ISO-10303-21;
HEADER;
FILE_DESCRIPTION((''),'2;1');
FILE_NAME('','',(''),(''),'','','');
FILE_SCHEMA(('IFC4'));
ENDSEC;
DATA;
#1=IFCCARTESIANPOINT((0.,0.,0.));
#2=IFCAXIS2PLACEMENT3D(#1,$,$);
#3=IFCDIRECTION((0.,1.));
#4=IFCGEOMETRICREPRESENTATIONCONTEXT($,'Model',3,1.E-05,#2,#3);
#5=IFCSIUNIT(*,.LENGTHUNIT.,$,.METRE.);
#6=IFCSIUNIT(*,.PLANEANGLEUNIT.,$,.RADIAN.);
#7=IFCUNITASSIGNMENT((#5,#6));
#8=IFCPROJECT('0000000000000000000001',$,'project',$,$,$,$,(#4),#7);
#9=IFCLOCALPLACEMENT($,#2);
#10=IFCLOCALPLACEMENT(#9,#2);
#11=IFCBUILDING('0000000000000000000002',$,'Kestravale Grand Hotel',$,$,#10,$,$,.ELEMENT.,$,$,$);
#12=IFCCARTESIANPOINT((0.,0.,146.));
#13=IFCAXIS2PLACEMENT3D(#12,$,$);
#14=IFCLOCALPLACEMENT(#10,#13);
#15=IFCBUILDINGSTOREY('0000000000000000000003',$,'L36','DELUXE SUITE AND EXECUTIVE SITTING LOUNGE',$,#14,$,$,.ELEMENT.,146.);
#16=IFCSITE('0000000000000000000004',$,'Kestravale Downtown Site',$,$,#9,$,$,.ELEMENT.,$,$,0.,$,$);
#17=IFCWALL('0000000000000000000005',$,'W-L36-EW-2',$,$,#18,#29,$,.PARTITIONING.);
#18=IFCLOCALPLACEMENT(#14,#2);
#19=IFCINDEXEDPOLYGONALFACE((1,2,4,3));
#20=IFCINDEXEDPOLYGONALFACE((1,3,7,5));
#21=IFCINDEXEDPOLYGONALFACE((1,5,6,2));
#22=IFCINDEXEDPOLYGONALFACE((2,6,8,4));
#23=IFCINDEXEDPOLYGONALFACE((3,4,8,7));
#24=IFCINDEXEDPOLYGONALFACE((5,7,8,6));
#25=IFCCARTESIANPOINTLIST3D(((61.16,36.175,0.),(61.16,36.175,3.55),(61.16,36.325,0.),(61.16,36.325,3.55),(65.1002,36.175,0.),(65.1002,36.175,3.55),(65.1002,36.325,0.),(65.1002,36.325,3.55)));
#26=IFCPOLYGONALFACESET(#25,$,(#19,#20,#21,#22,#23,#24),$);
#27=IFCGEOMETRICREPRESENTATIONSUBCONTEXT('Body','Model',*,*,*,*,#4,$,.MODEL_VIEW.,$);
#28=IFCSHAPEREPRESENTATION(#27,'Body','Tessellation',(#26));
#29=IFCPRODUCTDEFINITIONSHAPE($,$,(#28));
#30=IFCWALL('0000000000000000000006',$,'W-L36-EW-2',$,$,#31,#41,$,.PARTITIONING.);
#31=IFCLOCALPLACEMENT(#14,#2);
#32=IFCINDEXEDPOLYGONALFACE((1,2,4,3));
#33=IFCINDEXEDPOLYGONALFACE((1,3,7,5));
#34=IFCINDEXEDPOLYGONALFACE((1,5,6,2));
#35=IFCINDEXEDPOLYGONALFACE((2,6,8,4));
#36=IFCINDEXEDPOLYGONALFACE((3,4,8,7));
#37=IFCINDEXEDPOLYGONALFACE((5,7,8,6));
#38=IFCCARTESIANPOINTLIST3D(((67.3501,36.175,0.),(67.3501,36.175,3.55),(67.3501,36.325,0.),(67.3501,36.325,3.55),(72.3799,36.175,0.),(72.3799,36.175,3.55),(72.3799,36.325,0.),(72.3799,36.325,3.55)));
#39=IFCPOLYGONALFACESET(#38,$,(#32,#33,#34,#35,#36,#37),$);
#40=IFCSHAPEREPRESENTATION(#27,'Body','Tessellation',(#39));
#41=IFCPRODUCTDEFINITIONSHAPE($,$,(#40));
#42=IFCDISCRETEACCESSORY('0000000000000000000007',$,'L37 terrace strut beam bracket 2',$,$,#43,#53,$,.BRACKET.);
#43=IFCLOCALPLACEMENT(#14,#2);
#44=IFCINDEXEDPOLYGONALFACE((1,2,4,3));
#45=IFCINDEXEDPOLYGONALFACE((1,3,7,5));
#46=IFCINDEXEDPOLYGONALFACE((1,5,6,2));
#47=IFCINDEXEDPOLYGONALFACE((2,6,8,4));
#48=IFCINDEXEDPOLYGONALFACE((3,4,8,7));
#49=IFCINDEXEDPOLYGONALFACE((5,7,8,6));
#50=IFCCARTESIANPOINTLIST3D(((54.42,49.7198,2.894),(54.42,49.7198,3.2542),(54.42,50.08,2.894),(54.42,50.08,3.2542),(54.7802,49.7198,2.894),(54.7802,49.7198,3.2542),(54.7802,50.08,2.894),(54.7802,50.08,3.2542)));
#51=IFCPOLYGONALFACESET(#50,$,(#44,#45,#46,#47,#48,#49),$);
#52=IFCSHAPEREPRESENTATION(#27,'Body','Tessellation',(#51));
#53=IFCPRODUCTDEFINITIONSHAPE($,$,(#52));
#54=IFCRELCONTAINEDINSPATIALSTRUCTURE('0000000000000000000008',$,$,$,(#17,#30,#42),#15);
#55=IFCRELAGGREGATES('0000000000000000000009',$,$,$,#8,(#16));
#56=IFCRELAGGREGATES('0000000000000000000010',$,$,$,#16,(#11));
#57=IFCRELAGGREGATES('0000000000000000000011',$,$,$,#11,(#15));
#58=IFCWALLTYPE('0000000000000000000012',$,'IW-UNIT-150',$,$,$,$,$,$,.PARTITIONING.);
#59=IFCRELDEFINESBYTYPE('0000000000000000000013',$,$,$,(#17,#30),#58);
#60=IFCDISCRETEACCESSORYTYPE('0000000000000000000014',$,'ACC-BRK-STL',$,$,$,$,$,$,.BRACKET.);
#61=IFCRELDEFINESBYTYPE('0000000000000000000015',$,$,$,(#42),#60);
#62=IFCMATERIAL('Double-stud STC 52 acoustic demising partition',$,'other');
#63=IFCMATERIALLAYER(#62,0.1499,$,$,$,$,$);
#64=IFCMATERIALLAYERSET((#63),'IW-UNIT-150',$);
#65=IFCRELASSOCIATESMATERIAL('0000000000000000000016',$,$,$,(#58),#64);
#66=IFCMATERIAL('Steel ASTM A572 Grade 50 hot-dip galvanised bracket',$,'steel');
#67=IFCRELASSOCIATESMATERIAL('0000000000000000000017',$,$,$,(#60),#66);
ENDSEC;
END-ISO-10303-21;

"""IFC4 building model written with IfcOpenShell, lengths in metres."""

from ifc_helpers import new_model, si_unit, direction, frame, frame_2d, origin, origin_2d, place, context, subcontext, project, spatial, rectangle, extrude, material, layer, layer_set, type_object, element, save


model = new_model("IFC4")

# Units and contexts
model_context = context("Model", 3, precision=1e-05, world=origin(), true_north=direction((0.0, 1.0)))
body_context = subcontext(model_context, "Body", "Model", "MODEL_VIEW")
ifc_project = project(units=[si_unit("LENGTHUNIT", "METRE"), si_unit("PLANEANGLEUNIT", "RADIAN")], contexts=[model_context])

# Site, building, storey
site_placement = place(None, origin())
site = spatial("IfcSite", under=ifc_project, at=site_placement, Name="Kestravale Downtown Site", CompositionType="ELEMENT", RefElevation=0.0)
building_placement = place(site_placement, origin())
building = spatial("IfcBuilding", under=site, at=building_placement, Name="Kestravale Grand Hotel", CompositionType="ELEMENT")
storey_placement = place(building_placement, frame((0.0, 0.0, 146.0)))
storey = spatial("IfcBuildingStorey", under=building, at=storey_placement, Name="L36", Description="DELUXE SUITE AND EXECUTIVE SITTING LOUNGE", CompositionType="ELEMENT", Elevation=146.0)

# Shared definitions
ifc_material_1 = material(Name="Double-stud STC 52 acoustic demising partition", Category="other")
ifc_layer_1 = layer(ifc_material_1, 0.1499)
ifc_layer_set_1 = layer_set([ifc_layer_1], Name="IW-UNIT-150")
wall_type_1 = type_object("IfcWallType", Name="IW-UNIT-150", PredefinedType="PARTITIONING", material=ifc_layer_set_1)

# Walls
wall_1_placement = place(storey_placement, frame((61.1599, 36.25, 0.0), z_axis=(0.0, 0.0, 1.0), x_axis=(1.0, 0.0, 0.0)))
element("IfcWall", 1, at=wall_1_placement, inside=storey, type_object=wall_type_1, Name="W-L36-EW-2", PredefinedType="PARTITIONING", context=body_context, shape_type="SweptSolid", body=[
    extrude(rectangle(XDim=3.9402, YDim=0.1499, at=frame_2d((1.9702, 0.0))), origin(), (0.0, 0.0, 1.0), 3.55),
])
wall_2_placement = place(storey_placement, frame((67.3501, 36.25, 0.0), z_axis=(0.0, 0.0, 1.0), x_axis=(1.0, 0.0, 0.0)))
element("IfcWall", 2, at=wall_2_placement, inside=storey, type_object=wall_type_1, Name="W-L36-EW-2", PredefinedType="PARTITIONING", context=body_context, shape_type="SweptSolid", body=[
    extrude(rectangle(XDim=5.0298, YDim=0.1499, at=frame_2d((2.5149, 0.0))), origin(), (0.0, 0.0, 1.0), 3.55),
])

# Discrete accessory
ifc_material_2 = material(Name="Steel ASTM A572 Grade 50 hot-dip galvanised bracket", Category="steel")
discrete_accessory_type = type_object("IfcDiscreteAccessoryType", Name="ACC-BRK-STL", PredefinedType="BRACKET", material=ifc_material_2)
discrete_accessory_placement = place(storey_placement, frame((54.6001, 49.8999, 2.894), z_axis=(0.0, 0.0, 1.0), x_axis=(1.0, 0.0, 0.0)))
element("IfcDiscreteAccessory", 3, at=discrete_accessory_placement, inside=storey, type_object=discrete_accessory_type, Name="L37 terrace strut beam bracket 2", PredefinedType="BRACKET", context=body_context, shape_type="SweptSolid", body=[
    extrude(rectangle(XDim=0.3601, YDim=0.3601, at=origin_2d()), origin(), (0.0, 0.0, 1.0), 0.3601),
])

save(model, "model.ifc")
